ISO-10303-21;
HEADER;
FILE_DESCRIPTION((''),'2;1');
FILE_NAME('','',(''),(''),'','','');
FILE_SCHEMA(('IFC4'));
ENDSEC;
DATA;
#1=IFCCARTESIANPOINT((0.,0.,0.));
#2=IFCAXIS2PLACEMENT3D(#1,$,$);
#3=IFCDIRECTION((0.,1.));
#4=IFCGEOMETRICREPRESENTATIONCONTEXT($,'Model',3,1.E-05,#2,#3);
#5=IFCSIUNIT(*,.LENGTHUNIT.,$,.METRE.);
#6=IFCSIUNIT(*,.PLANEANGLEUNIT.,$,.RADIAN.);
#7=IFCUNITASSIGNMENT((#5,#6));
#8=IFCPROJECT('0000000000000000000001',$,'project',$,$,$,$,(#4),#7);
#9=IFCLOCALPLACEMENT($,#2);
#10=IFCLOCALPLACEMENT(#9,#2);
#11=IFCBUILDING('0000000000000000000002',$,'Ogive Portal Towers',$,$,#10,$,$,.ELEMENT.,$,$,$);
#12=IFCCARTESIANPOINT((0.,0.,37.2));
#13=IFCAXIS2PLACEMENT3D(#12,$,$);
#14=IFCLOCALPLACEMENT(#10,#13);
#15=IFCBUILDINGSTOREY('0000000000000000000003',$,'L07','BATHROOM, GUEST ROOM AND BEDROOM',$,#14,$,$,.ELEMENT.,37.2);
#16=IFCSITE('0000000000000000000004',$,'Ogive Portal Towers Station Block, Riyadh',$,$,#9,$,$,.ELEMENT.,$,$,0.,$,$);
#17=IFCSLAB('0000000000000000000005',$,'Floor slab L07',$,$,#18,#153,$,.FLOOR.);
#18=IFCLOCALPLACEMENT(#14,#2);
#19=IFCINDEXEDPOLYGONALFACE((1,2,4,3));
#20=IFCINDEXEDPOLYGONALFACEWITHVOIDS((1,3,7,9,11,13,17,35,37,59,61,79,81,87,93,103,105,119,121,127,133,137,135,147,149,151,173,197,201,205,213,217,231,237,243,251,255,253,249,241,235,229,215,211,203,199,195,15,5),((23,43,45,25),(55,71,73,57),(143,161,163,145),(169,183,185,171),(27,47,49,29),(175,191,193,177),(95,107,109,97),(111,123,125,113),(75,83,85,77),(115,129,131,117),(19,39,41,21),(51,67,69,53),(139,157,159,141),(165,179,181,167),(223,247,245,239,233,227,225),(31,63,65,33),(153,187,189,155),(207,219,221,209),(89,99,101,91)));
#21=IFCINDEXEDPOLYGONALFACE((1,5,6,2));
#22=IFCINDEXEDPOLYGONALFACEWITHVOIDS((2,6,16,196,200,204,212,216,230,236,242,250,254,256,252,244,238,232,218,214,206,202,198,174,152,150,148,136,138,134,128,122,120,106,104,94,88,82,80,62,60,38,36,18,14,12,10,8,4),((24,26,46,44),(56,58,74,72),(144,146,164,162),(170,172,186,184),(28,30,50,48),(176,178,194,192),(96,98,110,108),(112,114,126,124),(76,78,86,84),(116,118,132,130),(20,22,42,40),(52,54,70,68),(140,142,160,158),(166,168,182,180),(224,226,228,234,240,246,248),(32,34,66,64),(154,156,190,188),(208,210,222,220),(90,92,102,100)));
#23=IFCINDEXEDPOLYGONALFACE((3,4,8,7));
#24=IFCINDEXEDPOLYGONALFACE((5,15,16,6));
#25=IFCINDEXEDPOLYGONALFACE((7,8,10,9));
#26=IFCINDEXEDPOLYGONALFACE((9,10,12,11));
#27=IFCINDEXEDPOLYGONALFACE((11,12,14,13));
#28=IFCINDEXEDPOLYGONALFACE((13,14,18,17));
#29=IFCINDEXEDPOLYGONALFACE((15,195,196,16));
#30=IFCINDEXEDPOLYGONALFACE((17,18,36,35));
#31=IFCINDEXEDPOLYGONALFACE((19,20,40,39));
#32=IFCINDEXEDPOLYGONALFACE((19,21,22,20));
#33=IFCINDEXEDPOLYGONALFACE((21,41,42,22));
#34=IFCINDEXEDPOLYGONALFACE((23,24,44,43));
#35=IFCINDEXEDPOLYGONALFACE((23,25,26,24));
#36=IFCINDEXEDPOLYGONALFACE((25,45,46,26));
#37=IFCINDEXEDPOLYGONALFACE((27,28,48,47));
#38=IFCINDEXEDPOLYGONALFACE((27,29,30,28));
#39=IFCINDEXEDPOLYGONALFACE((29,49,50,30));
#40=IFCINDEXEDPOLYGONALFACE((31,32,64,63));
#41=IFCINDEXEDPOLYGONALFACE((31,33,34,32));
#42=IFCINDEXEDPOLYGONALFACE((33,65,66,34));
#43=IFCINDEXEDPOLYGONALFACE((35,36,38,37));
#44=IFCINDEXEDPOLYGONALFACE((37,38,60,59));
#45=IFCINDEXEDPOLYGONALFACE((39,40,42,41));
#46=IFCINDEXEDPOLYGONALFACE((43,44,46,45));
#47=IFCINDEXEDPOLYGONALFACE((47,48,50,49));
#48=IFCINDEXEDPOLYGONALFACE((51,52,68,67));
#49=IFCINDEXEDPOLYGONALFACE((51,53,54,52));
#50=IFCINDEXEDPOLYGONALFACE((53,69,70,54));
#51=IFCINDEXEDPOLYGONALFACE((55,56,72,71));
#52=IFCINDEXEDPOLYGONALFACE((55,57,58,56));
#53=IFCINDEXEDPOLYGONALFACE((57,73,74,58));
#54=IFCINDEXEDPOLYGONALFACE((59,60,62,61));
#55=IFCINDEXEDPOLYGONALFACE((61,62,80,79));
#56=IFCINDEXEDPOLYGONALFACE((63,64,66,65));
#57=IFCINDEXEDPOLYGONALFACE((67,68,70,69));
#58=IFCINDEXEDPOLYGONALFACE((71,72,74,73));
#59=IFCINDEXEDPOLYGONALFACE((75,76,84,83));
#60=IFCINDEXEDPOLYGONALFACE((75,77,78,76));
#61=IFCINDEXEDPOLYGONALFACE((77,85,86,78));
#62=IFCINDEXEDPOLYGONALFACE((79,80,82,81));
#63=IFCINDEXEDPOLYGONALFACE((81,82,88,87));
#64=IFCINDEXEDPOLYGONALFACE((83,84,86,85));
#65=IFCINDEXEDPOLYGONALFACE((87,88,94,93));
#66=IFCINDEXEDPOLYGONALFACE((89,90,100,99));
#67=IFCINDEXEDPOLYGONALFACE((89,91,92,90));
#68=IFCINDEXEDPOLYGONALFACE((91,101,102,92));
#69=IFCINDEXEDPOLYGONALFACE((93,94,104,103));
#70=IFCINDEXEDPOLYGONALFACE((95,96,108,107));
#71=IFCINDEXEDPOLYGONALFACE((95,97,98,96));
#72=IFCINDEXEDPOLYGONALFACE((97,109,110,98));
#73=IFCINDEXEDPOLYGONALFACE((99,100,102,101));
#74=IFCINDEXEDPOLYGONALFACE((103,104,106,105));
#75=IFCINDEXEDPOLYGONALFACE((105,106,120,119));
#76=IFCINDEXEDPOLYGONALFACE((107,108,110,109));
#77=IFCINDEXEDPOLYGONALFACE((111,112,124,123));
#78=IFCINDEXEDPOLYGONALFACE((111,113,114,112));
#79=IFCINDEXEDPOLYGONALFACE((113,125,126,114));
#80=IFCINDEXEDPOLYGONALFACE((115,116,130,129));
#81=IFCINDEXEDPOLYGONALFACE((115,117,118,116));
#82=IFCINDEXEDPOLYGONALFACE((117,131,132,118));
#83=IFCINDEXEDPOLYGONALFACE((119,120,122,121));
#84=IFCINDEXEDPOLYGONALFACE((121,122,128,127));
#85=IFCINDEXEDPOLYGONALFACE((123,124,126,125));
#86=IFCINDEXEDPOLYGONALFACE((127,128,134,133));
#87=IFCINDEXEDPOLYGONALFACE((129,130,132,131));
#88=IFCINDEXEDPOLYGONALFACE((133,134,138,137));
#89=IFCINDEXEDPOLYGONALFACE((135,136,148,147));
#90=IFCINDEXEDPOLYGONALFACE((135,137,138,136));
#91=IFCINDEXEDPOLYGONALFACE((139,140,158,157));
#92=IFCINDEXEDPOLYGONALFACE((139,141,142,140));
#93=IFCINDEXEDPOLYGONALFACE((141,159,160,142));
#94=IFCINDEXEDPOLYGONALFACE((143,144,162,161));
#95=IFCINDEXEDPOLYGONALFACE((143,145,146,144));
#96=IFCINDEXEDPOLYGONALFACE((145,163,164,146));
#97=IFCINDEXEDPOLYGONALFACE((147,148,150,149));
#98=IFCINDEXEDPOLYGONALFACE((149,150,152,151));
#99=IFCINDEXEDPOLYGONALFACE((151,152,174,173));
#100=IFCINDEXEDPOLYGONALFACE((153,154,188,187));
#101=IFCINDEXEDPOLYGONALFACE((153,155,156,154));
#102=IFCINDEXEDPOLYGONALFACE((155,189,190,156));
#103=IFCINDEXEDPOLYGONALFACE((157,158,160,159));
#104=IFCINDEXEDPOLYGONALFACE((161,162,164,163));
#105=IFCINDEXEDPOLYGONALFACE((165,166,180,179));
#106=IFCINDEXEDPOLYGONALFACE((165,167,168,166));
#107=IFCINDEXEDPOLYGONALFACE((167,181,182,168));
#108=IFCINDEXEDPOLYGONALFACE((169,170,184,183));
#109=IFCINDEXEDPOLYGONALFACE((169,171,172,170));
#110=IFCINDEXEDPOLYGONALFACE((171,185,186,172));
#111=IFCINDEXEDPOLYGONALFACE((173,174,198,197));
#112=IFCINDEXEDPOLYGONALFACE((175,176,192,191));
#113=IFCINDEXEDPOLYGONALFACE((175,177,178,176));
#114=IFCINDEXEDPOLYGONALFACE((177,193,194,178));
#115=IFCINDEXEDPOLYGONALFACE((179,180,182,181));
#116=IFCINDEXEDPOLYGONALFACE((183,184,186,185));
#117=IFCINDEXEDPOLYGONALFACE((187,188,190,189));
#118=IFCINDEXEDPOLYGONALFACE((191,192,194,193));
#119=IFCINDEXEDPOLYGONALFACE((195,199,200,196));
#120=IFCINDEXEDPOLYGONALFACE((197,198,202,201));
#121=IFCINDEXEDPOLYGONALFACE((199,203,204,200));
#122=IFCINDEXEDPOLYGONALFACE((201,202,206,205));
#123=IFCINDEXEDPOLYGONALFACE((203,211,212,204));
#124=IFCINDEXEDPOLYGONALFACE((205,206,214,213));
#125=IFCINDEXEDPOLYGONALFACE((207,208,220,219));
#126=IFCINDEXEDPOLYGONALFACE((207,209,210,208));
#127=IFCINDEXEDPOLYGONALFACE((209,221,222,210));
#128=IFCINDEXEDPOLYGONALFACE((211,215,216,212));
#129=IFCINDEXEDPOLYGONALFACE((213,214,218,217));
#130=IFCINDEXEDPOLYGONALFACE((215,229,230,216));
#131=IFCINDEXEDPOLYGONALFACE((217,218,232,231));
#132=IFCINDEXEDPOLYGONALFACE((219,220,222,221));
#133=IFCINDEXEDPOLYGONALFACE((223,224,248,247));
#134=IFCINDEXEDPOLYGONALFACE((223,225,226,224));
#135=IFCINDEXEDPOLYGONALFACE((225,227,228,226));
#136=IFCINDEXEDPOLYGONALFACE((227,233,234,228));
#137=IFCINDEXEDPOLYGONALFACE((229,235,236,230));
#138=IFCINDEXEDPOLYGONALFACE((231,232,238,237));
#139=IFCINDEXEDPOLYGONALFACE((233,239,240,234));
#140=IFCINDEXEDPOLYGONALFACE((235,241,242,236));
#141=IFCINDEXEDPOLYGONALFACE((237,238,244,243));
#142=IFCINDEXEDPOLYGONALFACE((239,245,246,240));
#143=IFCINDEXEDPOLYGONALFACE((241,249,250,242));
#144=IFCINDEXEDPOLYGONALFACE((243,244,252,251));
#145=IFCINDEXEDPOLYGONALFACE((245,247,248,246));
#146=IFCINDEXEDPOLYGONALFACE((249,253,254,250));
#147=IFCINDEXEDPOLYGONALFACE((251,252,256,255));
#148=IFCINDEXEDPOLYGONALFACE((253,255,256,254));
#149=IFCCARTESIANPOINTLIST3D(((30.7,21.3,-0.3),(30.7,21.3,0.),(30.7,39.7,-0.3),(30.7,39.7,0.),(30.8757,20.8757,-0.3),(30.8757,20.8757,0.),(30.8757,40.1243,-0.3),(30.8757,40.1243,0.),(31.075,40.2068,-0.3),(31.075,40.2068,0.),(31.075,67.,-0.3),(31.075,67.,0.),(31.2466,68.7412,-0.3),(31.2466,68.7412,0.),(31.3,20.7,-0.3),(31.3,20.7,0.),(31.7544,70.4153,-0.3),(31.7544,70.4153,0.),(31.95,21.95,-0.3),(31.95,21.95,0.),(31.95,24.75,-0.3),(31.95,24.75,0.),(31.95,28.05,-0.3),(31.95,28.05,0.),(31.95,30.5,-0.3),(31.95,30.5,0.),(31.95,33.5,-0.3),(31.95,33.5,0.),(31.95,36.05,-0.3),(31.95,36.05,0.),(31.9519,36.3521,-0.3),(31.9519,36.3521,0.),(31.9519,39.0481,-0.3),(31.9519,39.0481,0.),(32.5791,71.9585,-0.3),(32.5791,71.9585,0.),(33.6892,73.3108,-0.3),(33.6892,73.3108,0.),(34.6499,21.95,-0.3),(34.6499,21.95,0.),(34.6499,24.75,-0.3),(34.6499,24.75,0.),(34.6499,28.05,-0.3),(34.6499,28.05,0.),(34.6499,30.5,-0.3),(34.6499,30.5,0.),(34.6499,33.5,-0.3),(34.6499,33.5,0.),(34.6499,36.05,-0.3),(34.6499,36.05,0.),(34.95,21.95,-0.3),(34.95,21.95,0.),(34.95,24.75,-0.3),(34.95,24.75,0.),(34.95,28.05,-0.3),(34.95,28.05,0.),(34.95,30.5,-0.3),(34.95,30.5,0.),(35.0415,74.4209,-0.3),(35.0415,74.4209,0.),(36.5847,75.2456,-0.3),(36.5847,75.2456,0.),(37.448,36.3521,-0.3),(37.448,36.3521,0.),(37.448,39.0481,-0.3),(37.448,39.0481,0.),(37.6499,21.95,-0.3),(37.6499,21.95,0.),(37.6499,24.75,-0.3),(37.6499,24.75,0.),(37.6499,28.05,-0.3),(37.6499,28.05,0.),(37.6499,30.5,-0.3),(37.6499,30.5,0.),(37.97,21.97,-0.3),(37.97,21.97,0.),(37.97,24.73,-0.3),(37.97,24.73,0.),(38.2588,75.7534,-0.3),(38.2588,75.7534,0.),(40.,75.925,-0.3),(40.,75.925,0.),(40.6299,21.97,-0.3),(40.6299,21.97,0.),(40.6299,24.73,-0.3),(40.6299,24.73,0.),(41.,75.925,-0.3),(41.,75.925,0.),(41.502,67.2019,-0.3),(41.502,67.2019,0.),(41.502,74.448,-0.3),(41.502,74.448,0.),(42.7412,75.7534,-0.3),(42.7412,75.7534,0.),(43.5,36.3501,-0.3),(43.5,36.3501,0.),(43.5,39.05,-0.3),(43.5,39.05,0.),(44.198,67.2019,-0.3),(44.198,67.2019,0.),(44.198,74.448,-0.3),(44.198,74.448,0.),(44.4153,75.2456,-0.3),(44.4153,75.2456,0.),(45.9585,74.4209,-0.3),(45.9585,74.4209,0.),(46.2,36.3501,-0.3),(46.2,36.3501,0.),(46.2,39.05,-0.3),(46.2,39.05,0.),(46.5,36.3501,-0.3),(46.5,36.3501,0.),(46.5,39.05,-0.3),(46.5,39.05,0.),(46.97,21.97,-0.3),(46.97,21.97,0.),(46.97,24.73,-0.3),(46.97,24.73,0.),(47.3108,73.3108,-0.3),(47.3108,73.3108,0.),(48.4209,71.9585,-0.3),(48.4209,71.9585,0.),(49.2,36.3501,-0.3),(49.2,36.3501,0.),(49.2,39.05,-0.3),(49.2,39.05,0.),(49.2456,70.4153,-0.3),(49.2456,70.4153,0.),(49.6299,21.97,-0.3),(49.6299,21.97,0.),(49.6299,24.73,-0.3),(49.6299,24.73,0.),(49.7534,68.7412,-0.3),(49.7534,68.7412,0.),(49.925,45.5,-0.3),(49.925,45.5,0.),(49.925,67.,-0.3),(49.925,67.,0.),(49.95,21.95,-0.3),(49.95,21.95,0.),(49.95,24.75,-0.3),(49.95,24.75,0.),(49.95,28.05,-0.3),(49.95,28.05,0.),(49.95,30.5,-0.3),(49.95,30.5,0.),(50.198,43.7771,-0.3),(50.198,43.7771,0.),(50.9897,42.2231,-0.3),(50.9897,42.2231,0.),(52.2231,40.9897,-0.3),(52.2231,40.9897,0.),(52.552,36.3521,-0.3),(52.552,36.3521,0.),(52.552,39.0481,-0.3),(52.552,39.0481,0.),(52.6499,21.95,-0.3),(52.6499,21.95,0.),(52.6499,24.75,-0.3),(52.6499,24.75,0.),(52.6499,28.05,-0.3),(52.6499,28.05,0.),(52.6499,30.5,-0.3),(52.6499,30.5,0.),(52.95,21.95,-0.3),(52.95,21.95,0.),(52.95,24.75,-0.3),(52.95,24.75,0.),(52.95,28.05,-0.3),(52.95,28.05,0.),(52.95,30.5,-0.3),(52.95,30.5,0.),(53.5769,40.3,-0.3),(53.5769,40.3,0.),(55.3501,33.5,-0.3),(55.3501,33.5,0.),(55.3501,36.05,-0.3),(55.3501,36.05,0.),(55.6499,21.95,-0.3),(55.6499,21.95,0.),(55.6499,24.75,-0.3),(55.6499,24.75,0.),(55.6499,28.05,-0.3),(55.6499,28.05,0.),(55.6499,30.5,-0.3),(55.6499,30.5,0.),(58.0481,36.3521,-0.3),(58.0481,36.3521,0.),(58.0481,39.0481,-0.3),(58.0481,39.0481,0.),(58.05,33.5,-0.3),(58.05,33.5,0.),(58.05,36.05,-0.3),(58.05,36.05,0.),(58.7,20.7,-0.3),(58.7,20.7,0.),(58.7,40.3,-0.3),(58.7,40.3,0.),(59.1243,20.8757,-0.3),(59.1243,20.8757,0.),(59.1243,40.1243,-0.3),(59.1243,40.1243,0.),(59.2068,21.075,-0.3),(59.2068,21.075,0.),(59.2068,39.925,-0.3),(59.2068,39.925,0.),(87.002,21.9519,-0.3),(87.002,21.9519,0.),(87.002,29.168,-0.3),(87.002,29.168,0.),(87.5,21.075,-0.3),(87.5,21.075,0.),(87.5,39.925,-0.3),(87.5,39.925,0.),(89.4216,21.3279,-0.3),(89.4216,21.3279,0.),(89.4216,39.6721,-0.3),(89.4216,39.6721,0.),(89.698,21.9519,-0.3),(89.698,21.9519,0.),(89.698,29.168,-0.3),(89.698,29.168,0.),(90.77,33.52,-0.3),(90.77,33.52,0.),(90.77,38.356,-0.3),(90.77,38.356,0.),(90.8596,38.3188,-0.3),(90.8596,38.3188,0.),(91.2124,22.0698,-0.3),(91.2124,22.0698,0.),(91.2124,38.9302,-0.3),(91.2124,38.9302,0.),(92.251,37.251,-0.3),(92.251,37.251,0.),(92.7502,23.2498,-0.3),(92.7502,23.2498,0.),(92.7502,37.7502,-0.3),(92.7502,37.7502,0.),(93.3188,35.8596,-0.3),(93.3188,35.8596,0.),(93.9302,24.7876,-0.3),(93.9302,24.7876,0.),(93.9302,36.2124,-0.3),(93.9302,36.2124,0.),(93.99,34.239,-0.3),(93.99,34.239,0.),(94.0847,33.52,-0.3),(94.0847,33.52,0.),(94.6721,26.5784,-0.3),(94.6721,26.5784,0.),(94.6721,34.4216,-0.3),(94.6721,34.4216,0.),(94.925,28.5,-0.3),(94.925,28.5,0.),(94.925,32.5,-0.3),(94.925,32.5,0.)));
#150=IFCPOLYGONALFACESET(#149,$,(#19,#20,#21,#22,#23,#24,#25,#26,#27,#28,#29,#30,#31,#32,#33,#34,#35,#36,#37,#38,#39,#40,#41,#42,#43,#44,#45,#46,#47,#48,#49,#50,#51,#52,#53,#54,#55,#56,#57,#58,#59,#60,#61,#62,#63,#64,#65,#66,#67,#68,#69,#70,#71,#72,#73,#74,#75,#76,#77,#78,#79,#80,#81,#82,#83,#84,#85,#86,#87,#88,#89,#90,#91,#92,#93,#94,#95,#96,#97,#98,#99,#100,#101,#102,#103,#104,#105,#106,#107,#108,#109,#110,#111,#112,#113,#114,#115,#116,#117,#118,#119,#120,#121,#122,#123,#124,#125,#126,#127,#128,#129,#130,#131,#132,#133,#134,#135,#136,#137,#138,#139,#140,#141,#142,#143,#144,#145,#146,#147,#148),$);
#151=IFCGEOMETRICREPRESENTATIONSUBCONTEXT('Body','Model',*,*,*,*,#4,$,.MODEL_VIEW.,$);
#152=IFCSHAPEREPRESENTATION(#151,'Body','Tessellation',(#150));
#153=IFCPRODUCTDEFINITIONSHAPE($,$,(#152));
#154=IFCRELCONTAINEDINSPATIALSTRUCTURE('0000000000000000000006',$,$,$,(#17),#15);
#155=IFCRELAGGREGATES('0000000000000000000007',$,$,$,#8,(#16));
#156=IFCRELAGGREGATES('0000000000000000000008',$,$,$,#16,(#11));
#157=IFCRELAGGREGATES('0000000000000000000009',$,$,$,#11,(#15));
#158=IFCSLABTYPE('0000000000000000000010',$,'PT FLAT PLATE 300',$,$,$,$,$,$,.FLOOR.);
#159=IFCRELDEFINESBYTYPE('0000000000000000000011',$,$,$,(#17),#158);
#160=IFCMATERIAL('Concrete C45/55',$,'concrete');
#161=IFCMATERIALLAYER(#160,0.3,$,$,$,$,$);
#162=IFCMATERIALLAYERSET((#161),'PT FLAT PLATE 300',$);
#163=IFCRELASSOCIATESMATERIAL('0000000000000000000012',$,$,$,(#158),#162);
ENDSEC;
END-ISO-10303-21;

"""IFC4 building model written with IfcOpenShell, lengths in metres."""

from ifc_helpers import new_model, si_unit, direction, frame, origin, place, context, subcontext, project, spatial, polyline, outline, extrude, material, layer, layer_set, type_object, element, save


model = new_model("IFC4")

# Units and contexts
model_context = context("Model", 3, precision=1e-05, world=origin(), true_north=direction((0.0, 1.0)))
body_context = subcontext(model_context, "Body", "Model", "MODEL_VIEW")
ifc_project = project(units=[si_unit("LENGTHUNIT", "METRE"), si_unit("PLANEANGLEUNIT", "RADIAN")], contexts=[model_context])

# Site, building, storey
site_placement = place(None, origin())
site = spatial("IfcSite", under=ifc_project, at=site_placement, Name="Ogive Portal Towers Station Block, Riyadh", CompositionType="ELEMENT", RefElevation=0.0)
building_placement = place(site_placement, origin())
building = spatial("IfcBuilding", under=site, at=building_placement, Name="Ogive Portal Towers", CompositionType="ELEMENT")
storey_placement = place(building_placement, frame((0.0, 0.0, 37.2)))
storey = spatial("IfcBuildingStorey", under=building, at=storey_placement, Name="L07", Description="BATHROOM, GUEST ROOM AND BEDROOM", CompositionType="ELEMENT", Elevation=37.2)

# Slab
ifc_material_1 = material(Name="Concrete C45/55", Category="concrete")
ifc_layer_1 = layer(ifc_material_1, 0.3)
ifc_layer_set_1 = layer_set([ifc_layer_1], Name="PT FLAT PLATE 300")
slab_type_1 = type_object("IfcSlabType", Name="PT FLAT PLATE 300", PredefinedType="FLOOR", material=ifc_layer_set_1)
slab_1_placement = place(storey_placement, frame((0.0, 0.0, -0.3)))
element("IfcSlab", 1, at=slab_1_placement, inside=storey, type_object=slab_type_1, Name="Floor slab L07", PredefinedType="FLOOR", context=body_context, shape_type="SweptSolid", body=[
    extrude(outline(polyline([(89.4216, 39.6721), (87.5, 39.925), (59.2068, 39.925), (59.1243, 40.1243), (58.7, 40.3), (53.5769, 40.3), (52.2231, 40.9897), (50.9897, 42.2231), (50.198, 43.7771), (49.925, 45.5), (49.925, 67.0), (49.7534, 68.7412), (49.2456, 70.4153), (48.4209, 71.9585), (47.3108, 73.3108), (45.9585, 74.4209), (44.4153, 75.2456), (42.7412, 75.7534), (41.0, 75.925), (40.0, 75.925), (38.2588, 75.7534), (36.5847, 75.2456), (35.0415, 74.4209), (33.6892, 73.3108), (32.5791, 71.9585), (31.7544, 70.4153), (31.2466, 68.7412), (31.075, 67.0), (31.075, 40.2068), (30.8757, 40.1243), (30.7, 39.7), (30.7, 21.3), (30.8757, 20.8757), (31.3, 20.7), (58.7, 20.7), (59.1243, 20.8757), (59.2068, 21.075), (87.5, 21.075), (89.4216, 21.3279), (91.2124, 22.0698), (92.7502, 23.2498), (93.9302, 24.7876), (94.6721, 26.5784), (94.925, 28.5), (94.925, 32.5), (94.6721, 34.4216), (93.9302, 36.2124), (92.7502, 37.7502), (91.2124, 38.9302), (89.4216, 39.6721)]), holes=[polyline([(34.6499, 24.75), (34.6499, 21.95), (31.95, 21.95), (31.95, 24.75), (34.6499, 24.75)]), polyline([(37.6499, 24.75), (37.6499, 21.95), (34.95, 21.95), (34.95, 24.75), (37.6499, 24.75)]), polyline([(40.6299, 21.97), (37.97, 21.97), (37.97, 24.73), (40.6299, 24.73), (40.6299, 21.97)]), polyline([(46.97, 21.97), (46.97, 24.73), (49.6299, 24.73), (49.6299, 21.97), (46.97, 21.97)]), polyline([(34.6499, 28.05), (31.95, 28.05), (31.95, 30.5), (34.6499, 30.5), (34.6499, 28.05)]), polyline([(37.6499, 30.5), (37.6499, 28.05), (34.95, 28.05), (34.95, 30.5), (37.6499, 30.5)]), polyline([(34.6499, 36.05), (34.6499, 33.5), (31.95, 33.5), (31.95, 36.05), (34.6499, 36.05)]), polyline([(31.9519, 39.0481), (37.448, 39.0481), (37.448, 36.3521), (31.9519, 36.3521), (31.9519, 39.0481)]), polyline([(46.2, 36.3501), (43.5, 36.3501), (43.5, 39.05), (46.2, 39.05), (46.2, 36.3501)]), polyline([(49.2, 36.3501), (46.5, 36.3501), (46.5, 39.05), (49.2, 39.05), (49.2, 36.3501)]), polyline([(44.198, 74.448), (44.198, 67.2019), (41.502, 67.2019), (41.502, 74.448), (44.198, 74.448)]), polyline([(52.6499, 24.75), (52.6499, 21.95), (49.95, 21.95), (49.95, 24.75), (52.6499, 24.75)]), polyline([(55.6499, 21.95), (52.95, 21.95), (52.95, 24.75), (55.6499, 24.75), (55.6499, 21.95)]), polyline([(87.002, 29.168), (89.698, 29.168), (89.698, 21.9519), (87.002, 21.9519), (87.002, 29.168)]), polyline([(52.6499, 30.5), (52.6499, 28.05), (49.95, 28.05), (49.95, 30.5), (52.6499, 30.5)]), polyline([(55.6499, 28.05), (52.95, 28.05), (52.95, 30.5), (55.6499, 30.5), (55.6499, 28.05)]), polyline([(58.05, 36.05), (58.05, 33.5), (55.3501, 33.5), (55.3501, 36.05), (58.05, 36.05)]), polyline([(93.3188, 35.8596), (93.99, 34.239), (94.0847, 33.52), (90.77, 33.52), (90.77, 38.356), (90.8596, 38.3188), (92.251, 37.251), (93.3188, 35.8596)]), polyline([(52.552, 36.3521), (52.552, 39.0481), (58.0481, 39.0481), (58.0481, 36.3521), (52.552, 36.3521)])]), origin(), (0.0, 0.0, 1.0), 0.3),
])

save(model, "model.ifc")
